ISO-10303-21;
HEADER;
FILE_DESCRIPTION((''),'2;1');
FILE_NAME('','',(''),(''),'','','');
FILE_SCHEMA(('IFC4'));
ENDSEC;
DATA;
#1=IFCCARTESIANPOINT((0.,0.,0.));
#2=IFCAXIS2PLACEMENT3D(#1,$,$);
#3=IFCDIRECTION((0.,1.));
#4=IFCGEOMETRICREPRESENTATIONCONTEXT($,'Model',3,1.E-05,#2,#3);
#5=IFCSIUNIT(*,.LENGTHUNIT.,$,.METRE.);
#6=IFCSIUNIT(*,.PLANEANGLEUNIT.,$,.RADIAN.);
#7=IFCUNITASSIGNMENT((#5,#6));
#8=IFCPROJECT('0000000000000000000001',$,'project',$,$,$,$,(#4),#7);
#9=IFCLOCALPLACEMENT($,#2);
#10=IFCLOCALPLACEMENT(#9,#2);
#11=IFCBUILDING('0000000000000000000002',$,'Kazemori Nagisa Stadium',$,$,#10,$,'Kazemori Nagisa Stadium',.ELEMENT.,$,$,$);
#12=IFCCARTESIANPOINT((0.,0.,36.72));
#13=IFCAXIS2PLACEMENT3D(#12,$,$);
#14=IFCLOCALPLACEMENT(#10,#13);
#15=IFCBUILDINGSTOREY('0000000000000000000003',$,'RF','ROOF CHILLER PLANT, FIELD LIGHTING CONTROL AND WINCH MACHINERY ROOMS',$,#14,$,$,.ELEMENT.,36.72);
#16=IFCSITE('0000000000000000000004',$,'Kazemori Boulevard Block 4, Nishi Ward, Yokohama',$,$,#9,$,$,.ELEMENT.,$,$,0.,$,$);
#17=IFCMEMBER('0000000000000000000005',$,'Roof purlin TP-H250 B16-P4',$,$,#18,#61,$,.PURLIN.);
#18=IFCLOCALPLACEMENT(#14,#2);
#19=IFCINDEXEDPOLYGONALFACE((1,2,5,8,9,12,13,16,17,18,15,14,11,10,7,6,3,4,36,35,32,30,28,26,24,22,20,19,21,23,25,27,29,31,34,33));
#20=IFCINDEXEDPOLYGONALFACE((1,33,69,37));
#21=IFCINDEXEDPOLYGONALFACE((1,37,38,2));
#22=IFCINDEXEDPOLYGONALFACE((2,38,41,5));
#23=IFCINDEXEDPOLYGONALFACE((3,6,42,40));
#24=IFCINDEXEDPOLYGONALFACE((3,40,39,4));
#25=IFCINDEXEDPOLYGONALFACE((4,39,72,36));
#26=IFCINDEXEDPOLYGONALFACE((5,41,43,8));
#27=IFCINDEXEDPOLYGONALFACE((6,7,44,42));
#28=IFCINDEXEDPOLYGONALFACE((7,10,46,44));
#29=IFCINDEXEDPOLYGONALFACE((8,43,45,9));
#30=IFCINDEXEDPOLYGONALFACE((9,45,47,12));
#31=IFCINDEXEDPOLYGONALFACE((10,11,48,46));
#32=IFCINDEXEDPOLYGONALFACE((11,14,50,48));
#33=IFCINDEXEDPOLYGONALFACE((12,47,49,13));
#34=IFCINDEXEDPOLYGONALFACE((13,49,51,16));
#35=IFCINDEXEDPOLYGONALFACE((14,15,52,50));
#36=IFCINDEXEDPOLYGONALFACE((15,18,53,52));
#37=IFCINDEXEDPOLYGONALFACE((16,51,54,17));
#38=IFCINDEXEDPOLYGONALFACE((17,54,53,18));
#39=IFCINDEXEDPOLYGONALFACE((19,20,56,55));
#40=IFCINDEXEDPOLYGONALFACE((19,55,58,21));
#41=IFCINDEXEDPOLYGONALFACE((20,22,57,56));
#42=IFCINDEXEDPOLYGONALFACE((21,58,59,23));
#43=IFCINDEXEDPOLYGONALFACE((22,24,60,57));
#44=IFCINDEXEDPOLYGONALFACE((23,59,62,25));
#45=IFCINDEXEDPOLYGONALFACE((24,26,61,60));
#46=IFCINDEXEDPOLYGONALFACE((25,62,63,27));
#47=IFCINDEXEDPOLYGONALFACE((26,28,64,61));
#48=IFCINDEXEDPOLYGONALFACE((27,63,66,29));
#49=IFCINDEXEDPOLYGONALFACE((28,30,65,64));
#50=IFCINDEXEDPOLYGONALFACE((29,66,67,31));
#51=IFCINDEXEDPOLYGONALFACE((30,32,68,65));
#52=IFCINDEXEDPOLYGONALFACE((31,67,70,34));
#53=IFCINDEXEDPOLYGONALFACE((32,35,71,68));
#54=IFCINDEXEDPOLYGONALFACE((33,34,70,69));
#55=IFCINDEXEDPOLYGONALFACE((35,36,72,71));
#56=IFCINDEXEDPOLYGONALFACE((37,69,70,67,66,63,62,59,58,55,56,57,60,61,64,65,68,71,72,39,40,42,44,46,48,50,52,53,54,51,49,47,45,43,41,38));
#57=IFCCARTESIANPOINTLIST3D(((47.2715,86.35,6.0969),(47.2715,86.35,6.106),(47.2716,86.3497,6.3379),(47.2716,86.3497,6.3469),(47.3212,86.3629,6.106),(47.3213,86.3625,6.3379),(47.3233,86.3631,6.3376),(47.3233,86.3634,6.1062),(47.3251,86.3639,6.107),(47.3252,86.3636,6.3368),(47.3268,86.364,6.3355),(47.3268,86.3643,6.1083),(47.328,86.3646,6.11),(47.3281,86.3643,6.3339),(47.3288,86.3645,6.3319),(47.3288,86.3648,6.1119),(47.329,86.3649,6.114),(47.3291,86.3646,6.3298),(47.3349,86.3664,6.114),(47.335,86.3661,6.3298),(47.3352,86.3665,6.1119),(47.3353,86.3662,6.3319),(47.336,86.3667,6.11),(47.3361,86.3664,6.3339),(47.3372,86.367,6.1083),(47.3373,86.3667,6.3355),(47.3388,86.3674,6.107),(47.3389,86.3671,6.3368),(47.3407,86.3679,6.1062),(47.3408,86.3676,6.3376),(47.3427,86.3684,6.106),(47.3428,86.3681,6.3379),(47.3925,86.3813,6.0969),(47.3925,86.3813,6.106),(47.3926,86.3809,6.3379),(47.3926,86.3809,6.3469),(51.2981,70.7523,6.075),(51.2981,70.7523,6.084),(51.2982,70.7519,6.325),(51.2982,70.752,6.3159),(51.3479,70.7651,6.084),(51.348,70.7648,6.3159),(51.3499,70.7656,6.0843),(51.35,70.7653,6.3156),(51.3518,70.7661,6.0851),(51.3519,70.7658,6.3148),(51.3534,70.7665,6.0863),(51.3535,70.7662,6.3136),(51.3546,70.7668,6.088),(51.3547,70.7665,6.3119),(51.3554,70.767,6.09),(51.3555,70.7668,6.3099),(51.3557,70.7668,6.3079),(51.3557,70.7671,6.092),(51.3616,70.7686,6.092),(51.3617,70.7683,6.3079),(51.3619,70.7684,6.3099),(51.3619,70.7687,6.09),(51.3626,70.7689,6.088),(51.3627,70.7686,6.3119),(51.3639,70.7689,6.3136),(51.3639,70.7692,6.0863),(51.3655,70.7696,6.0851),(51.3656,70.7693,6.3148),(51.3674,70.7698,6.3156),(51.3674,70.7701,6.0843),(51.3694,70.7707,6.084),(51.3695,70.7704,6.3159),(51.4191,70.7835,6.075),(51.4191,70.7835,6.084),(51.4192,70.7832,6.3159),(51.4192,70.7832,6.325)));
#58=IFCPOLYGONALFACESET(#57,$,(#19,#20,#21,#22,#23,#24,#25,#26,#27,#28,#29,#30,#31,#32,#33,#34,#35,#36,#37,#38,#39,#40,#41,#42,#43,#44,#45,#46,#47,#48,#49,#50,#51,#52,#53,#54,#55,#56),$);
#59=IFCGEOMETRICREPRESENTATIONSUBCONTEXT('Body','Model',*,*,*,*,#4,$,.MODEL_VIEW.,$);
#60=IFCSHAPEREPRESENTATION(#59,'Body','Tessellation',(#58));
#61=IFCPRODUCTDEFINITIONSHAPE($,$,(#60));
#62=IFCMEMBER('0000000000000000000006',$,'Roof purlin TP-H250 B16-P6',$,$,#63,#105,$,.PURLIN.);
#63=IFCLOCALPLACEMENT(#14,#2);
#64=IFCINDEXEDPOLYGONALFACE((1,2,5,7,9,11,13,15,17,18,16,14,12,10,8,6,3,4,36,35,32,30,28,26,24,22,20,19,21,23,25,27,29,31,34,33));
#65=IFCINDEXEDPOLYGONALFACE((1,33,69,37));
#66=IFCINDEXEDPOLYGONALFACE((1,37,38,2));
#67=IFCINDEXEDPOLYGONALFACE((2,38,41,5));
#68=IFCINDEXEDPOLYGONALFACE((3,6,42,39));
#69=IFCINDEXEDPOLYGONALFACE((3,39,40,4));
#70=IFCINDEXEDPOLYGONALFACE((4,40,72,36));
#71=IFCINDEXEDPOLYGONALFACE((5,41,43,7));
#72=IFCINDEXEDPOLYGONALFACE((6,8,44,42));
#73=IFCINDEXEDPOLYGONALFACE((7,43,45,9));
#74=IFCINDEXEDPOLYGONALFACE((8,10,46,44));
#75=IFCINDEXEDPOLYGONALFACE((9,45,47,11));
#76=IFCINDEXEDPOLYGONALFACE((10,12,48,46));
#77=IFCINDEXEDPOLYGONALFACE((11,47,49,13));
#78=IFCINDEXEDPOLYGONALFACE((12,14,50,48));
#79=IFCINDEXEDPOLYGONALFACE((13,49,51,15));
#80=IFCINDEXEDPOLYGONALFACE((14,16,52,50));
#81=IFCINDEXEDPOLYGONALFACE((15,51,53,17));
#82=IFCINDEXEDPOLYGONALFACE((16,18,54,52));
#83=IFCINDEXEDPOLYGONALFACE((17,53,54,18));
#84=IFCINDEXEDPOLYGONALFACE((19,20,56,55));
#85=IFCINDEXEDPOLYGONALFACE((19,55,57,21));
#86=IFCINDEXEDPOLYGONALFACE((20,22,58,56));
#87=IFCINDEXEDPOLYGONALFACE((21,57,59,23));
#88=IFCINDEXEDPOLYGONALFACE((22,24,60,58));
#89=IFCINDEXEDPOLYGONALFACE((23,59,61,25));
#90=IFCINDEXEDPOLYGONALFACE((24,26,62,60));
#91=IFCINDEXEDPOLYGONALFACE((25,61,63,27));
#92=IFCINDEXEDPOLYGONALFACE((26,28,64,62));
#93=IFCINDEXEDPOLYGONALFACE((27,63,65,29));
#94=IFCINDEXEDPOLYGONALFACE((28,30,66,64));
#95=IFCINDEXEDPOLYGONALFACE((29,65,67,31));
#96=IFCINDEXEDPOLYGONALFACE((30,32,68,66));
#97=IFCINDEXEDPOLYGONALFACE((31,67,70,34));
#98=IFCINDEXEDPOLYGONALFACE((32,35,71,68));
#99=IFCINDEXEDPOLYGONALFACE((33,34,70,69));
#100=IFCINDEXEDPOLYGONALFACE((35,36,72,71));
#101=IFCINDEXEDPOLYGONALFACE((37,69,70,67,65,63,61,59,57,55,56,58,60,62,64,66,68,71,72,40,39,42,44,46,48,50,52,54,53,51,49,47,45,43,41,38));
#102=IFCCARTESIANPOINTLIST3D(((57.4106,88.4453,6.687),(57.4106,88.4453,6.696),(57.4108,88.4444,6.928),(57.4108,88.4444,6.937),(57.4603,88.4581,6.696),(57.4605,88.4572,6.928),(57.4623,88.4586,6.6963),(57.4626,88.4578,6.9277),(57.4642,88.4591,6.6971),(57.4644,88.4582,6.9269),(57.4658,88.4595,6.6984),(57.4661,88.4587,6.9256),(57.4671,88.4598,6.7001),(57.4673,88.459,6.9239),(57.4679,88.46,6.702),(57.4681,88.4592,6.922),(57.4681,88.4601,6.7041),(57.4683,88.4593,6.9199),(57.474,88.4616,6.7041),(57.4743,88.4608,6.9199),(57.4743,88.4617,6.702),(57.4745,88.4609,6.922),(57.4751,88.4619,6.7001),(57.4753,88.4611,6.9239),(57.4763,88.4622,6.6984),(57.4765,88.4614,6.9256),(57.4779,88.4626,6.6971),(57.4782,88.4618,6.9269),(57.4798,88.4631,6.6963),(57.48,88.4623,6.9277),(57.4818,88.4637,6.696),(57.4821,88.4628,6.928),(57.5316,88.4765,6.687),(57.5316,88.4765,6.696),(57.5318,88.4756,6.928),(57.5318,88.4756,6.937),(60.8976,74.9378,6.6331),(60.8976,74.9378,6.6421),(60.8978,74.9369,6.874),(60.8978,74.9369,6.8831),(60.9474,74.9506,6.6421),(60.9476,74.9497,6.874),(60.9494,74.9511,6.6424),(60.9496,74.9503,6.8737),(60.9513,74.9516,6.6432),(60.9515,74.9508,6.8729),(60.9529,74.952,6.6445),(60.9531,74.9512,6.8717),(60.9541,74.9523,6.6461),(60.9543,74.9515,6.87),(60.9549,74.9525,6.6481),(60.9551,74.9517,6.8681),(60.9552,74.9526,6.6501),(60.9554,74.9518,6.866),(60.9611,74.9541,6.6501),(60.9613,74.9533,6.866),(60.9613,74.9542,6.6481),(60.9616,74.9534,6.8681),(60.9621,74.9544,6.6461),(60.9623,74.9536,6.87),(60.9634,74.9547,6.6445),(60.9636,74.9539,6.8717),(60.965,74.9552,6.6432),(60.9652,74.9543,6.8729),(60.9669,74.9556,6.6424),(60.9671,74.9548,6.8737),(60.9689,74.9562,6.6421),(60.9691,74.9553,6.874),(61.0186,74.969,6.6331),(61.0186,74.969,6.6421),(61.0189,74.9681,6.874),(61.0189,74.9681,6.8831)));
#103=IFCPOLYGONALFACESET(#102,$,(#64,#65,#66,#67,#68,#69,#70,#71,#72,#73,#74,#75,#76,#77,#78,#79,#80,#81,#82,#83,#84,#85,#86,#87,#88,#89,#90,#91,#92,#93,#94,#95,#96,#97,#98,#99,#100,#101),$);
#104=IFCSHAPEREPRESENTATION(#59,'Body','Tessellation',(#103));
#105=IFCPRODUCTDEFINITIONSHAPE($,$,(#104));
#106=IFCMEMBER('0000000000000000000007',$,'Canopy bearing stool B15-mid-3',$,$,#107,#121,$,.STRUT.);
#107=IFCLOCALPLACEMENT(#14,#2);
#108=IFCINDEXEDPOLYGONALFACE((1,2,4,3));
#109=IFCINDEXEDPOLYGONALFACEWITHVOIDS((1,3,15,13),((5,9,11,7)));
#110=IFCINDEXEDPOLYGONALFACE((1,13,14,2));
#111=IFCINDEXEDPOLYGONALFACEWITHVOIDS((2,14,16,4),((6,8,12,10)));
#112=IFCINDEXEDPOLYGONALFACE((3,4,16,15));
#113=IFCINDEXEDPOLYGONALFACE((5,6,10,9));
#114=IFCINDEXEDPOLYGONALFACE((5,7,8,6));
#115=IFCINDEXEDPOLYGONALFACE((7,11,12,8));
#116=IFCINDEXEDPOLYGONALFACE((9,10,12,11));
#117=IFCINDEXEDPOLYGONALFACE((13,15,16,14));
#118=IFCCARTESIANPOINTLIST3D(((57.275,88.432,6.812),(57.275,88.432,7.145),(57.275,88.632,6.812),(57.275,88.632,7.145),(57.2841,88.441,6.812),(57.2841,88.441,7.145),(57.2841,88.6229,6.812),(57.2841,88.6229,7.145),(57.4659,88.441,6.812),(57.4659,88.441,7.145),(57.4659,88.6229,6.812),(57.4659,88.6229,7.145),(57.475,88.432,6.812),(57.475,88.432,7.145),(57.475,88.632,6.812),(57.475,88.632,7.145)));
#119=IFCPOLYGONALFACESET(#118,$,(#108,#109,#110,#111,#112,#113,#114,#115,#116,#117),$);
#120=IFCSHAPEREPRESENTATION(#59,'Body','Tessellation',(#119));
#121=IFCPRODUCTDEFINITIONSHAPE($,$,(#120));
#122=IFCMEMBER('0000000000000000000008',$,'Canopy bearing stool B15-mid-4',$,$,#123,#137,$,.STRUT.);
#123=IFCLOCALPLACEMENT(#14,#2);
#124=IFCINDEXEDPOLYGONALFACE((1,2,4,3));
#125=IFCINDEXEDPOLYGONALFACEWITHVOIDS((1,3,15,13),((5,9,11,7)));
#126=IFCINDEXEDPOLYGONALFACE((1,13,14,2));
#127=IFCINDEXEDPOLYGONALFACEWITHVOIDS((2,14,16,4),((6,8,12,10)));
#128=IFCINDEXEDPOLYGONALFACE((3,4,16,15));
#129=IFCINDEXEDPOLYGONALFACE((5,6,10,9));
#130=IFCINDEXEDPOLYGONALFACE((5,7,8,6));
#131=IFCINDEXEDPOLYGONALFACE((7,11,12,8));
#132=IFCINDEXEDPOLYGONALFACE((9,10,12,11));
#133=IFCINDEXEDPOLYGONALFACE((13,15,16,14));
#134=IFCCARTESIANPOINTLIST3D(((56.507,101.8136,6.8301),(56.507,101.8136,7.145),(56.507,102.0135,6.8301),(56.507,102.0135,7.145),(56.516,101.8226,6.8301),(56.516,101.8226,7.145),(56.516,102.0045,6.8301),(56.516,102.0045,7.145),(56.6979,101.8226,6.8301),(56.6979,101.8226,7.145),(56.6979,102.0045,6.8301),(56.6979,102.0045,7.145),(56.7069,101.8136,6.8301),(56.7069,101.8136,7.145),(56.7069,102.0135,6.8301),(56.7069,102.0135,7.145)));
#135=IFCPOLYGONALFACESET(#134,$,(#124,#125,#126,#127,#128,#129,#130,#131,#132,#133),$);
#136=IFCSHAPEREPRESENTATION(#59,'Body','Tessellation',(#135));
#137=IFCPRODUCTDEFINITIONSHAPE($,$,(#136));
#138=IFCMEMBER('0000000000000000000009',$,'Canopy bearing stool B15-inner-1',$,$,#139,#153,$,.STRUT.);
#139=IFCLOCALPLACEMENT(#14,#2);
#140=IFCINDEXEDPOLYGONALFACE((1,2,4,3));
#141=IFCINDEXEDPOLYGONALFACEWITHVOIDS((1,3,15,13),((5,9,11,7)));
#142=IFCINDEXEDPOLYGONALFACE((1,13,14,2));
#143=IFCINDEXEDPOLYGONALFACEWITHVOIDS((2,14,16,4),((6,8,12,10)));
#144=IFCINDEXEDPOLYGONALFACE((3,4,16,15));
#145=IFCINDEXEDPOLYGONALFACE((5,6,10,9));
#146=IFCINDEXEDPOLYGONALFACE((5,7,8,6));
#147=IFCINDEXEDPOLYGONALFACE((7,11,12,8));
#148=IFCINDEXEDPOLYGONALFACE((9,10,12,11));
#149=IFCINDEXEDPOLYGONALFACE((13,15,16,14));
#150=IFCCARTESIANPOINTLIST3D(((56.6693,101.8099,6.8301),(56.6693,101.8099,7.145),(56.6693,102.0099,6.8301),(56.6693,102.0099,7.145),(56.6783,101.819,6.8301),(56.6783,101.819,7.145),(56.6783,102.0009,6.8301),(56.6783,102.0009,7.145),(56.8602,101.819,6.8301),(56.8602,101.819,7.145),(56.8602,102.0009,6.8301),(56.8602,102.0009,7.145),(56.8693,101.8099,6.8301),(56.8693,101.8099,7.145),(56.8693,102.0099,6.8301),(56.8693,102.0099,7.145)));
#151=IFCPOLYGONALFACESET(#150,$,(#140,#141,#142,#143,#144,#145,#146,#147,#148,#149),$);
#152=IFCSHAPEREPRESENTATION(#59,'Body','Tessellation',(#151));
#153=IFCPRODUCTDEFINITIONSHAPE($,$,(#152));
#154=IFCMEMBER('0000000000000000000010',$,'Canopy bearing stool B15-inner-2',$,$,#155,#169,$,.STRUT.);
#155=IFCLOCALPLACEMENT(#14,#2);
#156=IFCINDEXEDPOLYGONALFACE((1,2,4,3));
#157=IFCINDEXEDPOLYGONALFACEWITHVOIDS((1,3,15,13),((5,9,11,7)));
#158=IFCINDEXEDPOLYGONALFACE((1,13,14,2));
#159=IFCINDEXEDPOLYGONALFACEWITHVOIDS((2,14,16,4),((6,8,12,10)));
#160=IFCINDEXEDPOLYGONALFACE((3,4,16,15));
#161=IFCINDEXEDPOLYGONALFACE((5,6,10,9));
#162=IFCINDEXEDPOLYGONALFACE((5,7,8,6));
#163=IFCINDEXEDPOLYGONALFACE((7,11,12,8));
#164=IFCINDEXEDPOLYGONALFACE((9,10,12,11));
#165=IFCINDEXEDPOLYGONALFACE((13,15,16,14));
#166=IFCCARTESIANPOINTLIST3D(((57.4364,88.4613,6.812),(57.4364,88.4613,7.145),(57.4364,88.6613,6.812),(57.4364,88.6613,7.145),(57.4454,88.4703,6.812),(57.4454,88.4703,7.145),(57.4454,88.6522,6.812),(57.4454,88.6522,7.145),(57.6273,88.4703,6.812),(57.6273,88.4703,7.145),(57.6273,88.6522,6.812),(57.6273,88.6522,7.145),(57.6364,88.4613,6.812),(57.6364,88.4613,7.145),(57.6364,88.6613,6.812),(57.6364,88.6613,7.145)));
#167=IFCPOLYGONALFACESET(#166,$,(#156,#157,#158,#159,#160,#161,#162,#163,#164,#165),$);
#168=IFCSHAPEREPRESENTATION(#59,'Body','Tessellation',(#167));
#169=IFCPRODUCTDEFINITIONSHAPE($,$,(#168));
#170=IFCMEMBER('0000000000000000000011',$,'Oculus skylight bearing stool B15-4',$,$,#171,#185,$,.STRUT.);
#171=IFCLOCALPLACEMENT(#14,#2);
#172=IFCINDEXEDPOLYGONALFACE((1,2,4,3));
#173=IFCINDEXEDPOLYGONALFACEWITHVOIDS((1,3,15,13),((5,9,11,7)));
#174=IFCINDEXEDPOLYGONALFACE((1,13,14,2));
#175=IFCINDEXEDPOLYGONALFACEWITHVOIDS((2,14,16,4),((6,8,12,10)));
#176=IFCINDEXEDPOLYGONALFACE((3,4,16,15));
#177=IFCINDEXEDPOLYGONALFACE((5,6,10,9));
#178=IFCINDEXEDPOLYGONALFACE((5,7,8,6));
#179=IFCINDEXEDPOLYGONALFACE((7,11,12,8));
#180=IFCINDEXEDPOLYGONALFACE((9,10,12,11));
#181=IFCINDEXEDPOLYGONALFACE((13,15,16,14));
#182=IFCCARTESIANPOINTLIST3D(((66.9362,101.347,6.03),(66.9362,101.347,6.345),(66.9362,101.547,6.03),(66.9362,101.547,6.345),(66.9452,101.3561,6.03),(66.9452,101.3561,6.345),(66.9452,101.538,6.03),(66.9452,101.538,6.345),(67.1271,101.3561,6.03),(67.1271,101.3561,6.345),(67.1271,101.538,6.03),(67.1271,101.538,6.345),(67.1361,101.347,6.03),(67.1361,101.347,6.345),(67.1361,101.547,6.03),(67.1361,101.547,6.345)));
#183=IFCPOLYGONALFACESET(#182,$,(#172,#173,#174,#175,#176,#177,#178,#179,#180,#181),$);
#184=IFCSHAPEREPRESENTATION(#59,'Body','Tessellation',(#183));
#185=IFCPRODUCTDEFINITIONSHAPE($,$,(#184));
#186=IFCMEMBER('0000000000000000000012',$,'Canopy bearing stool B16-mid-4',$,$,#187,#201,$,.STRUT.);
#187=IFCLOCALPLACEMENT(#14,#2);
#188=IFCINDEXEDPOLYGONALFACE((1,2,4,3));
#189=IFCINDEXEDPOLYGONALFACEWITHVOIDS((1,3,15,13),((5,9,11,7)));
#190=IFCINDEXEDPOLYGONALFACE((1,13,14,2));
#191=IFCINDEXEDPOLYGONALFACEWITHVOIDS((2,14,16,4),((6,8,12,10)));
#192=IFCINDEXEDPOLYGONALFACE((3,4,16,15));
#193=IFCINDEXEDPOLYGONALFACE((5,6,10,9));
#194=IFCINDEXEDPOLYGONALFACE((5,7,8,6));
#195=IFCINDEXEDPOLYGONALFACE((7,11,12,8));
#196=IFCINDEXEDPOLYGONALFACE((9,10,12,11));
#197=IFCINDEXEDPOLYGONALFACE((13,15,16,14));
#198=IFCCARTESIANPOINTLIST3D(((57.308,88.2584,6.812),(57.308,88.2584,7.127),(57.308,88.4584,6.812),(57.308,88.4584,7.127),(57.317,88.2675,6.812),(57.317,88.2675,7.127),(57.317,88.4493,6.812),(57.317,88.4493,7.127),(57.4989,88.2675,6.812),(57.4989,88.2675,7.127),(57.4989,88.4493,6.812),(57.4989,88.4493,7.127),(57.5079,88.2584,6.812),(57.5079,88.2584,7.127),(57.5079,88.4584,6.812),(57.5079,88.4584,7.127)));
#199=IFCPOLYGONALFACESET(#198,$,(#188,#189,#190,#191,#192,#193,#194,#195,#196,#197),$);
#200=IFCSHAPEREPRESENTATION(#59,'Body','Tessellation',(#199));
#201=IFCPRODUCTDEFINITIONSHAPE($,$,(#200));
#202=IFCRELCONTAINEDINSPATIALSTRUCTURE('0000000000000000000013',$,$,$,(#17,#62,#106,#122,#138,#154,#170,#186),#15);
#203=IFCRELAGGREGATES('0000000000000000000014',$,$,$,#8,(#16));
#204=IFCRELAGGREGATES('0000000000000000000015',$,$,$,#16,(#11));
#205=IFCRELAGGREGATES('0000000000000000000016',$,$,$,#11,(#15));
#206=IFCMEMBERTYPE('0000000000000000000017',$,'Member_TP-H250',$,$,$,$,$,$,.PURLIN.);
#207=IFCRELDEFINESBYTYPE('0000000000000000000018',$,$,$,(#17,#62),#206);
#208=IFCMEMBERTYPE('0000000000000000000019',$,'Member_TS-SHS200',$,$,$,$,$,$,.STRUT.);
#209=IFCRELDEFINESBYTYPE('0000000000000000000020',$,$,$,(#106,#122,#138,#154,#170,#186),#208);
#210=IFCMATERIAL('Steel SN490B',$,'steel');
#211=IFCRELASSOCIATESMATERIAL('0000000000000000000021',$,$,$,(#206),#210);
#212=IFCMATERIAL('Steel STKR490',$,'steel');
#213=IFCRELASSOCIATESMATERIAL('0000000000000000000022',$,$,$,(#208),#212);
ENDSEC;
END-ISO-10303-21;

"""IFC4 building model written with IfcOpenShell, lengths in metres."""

from ifc_helpers import new_model, si_unit, direction, frame, origin, origin_2d, place, context, subcontext, project, spatial, hollow_rectangle, i_section, extrude, material, material_profile, profile_set, type_object, element, save


model = new_model("IFC4")

# Units and contexts
model_context = context("Model", 3, precision=1e-05, world=origin(), true_north=direction((0.0, 1.0)))
body_context = subcontext(model_context, "Body", "Model", "MODEL_VIEW")
ifc_project = project(units=[si_unit("LENGTHUNIT", "METRE"), si_unit("PLANEANGLEUNIT", "RADIAN")], contexts=[model_context])

# Site, building, storey
site_placement = place(None, origin())
site = spatial("IfcSite", under=ifc_project, at=site_placement, Name="Kazemori Boulevard Block 4, Nishi Ward, Yokohama", CompositionType="ELEMENT", RefElevation=0.0)
building_placement = place(site_placement, origin())
building = spatial("IfcBuilding", under=site, at=building_placement, Name="Kazemori Nagisa Stadium", LongName="Kazemori Nagisa Stadium", CompositionType="ELEMENT")
storey_placement = place(building_placement, frame((0.0, 0.0, 36.72)))
storey = spatial("IfcBuildingStorey", under=building, at=storey_placement, Name="RF", Description="ROOF CHILLER PLANT, FIELD LIGHTING CONTROL AND WINCH MACHINERY ROOMS", CompositionType="ELEMENT", Elevation=36.72)

# Members
ifc_material_1 = material(Name="Steel STKR490", Category="steel")
ifc_material_2 = material(Name="Steel SN490B", Category="steel")
ifc_material_profile_1 = material_profile(ifc_material_2, i_section(OverallWidth=0.125, OverallDepth=0.25, WebThickness=0.0061, FlangeThickness=0.009, FilletRadius=0.0081, at=origin_2d()), Name="H-250x125x6x9")
ifc_profile_set_1 = profile_set([ifc_material_profile_1], Name="Steel SN490B")
member_type_1 = type_object("IfcMemberType", Name="Member_TP-H250", PredefinedType="PURLIN", material=ifc_profile_set_1)
member_1_placement = place(storey_placement, frame((47.332, 86.3655, 6.2219), z_axis=(0.24996, -0.968255, -0.001364), x_axis=(0.968256, 0.24996, 0.0)))
element("IfcMember", 1, at=member_1_placement, inside=storey, type_object=member_type_1, Name="Roof purlin TP-H250 B16-P4", PredefinedType="PURLIN", context=body_context, shape_type="SweptSolid", body=[
    extrude(i_section(OverallWidth=0.125, OverallDepth=0.25, WebThickness=0.0061, FlangeThickness=0.009, FilletRadius=0.0081, at=origin_2d()), origin(), (0.0, 0.0, 1.0), 16.1091),
])
member_2_placement = place(storey_placement, frame((57.4712, 88.4604, 6.812), z_axis=(0.249959, -0.968249, -0.003868), x_axis=(0.968256, 0.249961, 0.0)))
element("IfcMember", 2, at=member_2_placement, inside=storey, type_object=member_type_1, Name="Roof purlin TP-H250 B16-P6", PredefinedType="PURLIN", context=body_context, shape_type="SweptSolid", body=[
    extrude(i_section(OverallWidth=0.125, OverallDepth=0.25, WebThickness=0.0061, FlangeThickness=0.009, FilletRadius=0.0081, at=origin_2d()), origin(), (0.0, 0.0, 1.0), 13.9504),
])
ifc_material_profile_2 = material_profile(ifc_material_1, hollow_rectangle(XDim=0.2, YDim=0.2, WallThickness=0.009, at=origin_2d()), Name="SHS-200x200x9")
ifc_profile_set_2 = profile_set([ifc_material_profile_2], Name="Steel STKR490")
member_type_2 = type_object("IfcMemberType", Name="Member_TS-SHS200", PredefinedType="STRUT", material=ifc_profile_set_2)
member_3_placement = place(storey_placement, frame((57.375, 88.532, 6.812), z_axis=(0.0, 0.0, 1.0), x_axis=(1.0, 0.0, 0.0)))
element("IfcMember", 3, at=member_3_placement, inside=storey, type_object=member_type_2, Name="Canopy bearing stool B15-mid-3", PredefinedType="STRUT", context=body_context, shape_type="SweptSolid", body=[
    extrude(hollow_rectangle(XDim=0.2, YDim=0.2, WallThickness=0.009, at=origin_2d()), origin(), (0.0, 0.0, 1.0), 0.333),
])
for number, where, z_axis, x_axis, name in (
    (4, (56.6069, 101.9136, 6.8301), (0.0, 0.0, 1.0), (1.0, 0.0, 0.0), "Canopy bearing stool B15-mid-4"),
    (5, (56.7693, 101.9099, 6.8301), (0.0, 0.0, 1.0), (1.0, 0.0, 0.0), "Canopy bearing stool B15-inner-1"),
):
    element("IfcMember", number, at=place(storey_placement, frame(where, z_axis=z_axis, x_axis=x_axis)), inside=storey, type_object=member_type_2, Name=name, PredefinedType="STRUT", context=body_context, shape_type="SweptSolid", body=[
        extrude(hollow_rectangle(XDim=0.2, YDim=0.2, WallThickness=0.009, at=origin_2d()), origin(), (0.0, 0.0, 1.0), 0.3149),
    ])
member_4_placement = place(storey_placement, frame((57.5364, 88.5613, 6.812), z_axis=(0.0, 0.0, 1.0), x_axis=(1.0, 0.0, 0.0)))
element("IfcMember", 6, at=member_4_placement, inside=storey, type_object=member_type_2, Name="Canopy bearing stool B15-inner-2", PredefinedType="STRUT", context=body_context, shape_type="SweptSolid", body=[
    extrude(hollow_rectangle(XDim=0.2, YDim=0.2, WallThickness=0.009, at=origin_2d()), origin(), (0.0, 0.0, 1.0), 0.333),
])
for number, where, z_axis, x_axis, name in (
    (7, (67.0361, 101.447, 6.03), (0.0, 0.0, 1.0), (1.0, 0.0, 0.0), "Oculus skylight bearing stool B15-4"),
    (8, (57.408, 88.3584, 6.812), (0.0, 0.0, 1.0), (1.0, 0.0, 0.0), "Canopy bearing stool B16-mid-4"),
):
    element("IfcMember", number, at=place(storey_placement, frame(where, z_axis=z_axis, x_axis=x_axis)), inside=storey, type_object=member_type_2, Name=name, PredefinedType="STRUT", context=body_context, shape_type="SweptSolid", body=[
        extrude(hollow_rectangle(XDim=0.2, YDim=0.2, WallThickness=0.009, at=origin_2d()), origin(), (0.0, 0.0, 1.0), 0.3149),
    ])

save(model, "model.ifc")
